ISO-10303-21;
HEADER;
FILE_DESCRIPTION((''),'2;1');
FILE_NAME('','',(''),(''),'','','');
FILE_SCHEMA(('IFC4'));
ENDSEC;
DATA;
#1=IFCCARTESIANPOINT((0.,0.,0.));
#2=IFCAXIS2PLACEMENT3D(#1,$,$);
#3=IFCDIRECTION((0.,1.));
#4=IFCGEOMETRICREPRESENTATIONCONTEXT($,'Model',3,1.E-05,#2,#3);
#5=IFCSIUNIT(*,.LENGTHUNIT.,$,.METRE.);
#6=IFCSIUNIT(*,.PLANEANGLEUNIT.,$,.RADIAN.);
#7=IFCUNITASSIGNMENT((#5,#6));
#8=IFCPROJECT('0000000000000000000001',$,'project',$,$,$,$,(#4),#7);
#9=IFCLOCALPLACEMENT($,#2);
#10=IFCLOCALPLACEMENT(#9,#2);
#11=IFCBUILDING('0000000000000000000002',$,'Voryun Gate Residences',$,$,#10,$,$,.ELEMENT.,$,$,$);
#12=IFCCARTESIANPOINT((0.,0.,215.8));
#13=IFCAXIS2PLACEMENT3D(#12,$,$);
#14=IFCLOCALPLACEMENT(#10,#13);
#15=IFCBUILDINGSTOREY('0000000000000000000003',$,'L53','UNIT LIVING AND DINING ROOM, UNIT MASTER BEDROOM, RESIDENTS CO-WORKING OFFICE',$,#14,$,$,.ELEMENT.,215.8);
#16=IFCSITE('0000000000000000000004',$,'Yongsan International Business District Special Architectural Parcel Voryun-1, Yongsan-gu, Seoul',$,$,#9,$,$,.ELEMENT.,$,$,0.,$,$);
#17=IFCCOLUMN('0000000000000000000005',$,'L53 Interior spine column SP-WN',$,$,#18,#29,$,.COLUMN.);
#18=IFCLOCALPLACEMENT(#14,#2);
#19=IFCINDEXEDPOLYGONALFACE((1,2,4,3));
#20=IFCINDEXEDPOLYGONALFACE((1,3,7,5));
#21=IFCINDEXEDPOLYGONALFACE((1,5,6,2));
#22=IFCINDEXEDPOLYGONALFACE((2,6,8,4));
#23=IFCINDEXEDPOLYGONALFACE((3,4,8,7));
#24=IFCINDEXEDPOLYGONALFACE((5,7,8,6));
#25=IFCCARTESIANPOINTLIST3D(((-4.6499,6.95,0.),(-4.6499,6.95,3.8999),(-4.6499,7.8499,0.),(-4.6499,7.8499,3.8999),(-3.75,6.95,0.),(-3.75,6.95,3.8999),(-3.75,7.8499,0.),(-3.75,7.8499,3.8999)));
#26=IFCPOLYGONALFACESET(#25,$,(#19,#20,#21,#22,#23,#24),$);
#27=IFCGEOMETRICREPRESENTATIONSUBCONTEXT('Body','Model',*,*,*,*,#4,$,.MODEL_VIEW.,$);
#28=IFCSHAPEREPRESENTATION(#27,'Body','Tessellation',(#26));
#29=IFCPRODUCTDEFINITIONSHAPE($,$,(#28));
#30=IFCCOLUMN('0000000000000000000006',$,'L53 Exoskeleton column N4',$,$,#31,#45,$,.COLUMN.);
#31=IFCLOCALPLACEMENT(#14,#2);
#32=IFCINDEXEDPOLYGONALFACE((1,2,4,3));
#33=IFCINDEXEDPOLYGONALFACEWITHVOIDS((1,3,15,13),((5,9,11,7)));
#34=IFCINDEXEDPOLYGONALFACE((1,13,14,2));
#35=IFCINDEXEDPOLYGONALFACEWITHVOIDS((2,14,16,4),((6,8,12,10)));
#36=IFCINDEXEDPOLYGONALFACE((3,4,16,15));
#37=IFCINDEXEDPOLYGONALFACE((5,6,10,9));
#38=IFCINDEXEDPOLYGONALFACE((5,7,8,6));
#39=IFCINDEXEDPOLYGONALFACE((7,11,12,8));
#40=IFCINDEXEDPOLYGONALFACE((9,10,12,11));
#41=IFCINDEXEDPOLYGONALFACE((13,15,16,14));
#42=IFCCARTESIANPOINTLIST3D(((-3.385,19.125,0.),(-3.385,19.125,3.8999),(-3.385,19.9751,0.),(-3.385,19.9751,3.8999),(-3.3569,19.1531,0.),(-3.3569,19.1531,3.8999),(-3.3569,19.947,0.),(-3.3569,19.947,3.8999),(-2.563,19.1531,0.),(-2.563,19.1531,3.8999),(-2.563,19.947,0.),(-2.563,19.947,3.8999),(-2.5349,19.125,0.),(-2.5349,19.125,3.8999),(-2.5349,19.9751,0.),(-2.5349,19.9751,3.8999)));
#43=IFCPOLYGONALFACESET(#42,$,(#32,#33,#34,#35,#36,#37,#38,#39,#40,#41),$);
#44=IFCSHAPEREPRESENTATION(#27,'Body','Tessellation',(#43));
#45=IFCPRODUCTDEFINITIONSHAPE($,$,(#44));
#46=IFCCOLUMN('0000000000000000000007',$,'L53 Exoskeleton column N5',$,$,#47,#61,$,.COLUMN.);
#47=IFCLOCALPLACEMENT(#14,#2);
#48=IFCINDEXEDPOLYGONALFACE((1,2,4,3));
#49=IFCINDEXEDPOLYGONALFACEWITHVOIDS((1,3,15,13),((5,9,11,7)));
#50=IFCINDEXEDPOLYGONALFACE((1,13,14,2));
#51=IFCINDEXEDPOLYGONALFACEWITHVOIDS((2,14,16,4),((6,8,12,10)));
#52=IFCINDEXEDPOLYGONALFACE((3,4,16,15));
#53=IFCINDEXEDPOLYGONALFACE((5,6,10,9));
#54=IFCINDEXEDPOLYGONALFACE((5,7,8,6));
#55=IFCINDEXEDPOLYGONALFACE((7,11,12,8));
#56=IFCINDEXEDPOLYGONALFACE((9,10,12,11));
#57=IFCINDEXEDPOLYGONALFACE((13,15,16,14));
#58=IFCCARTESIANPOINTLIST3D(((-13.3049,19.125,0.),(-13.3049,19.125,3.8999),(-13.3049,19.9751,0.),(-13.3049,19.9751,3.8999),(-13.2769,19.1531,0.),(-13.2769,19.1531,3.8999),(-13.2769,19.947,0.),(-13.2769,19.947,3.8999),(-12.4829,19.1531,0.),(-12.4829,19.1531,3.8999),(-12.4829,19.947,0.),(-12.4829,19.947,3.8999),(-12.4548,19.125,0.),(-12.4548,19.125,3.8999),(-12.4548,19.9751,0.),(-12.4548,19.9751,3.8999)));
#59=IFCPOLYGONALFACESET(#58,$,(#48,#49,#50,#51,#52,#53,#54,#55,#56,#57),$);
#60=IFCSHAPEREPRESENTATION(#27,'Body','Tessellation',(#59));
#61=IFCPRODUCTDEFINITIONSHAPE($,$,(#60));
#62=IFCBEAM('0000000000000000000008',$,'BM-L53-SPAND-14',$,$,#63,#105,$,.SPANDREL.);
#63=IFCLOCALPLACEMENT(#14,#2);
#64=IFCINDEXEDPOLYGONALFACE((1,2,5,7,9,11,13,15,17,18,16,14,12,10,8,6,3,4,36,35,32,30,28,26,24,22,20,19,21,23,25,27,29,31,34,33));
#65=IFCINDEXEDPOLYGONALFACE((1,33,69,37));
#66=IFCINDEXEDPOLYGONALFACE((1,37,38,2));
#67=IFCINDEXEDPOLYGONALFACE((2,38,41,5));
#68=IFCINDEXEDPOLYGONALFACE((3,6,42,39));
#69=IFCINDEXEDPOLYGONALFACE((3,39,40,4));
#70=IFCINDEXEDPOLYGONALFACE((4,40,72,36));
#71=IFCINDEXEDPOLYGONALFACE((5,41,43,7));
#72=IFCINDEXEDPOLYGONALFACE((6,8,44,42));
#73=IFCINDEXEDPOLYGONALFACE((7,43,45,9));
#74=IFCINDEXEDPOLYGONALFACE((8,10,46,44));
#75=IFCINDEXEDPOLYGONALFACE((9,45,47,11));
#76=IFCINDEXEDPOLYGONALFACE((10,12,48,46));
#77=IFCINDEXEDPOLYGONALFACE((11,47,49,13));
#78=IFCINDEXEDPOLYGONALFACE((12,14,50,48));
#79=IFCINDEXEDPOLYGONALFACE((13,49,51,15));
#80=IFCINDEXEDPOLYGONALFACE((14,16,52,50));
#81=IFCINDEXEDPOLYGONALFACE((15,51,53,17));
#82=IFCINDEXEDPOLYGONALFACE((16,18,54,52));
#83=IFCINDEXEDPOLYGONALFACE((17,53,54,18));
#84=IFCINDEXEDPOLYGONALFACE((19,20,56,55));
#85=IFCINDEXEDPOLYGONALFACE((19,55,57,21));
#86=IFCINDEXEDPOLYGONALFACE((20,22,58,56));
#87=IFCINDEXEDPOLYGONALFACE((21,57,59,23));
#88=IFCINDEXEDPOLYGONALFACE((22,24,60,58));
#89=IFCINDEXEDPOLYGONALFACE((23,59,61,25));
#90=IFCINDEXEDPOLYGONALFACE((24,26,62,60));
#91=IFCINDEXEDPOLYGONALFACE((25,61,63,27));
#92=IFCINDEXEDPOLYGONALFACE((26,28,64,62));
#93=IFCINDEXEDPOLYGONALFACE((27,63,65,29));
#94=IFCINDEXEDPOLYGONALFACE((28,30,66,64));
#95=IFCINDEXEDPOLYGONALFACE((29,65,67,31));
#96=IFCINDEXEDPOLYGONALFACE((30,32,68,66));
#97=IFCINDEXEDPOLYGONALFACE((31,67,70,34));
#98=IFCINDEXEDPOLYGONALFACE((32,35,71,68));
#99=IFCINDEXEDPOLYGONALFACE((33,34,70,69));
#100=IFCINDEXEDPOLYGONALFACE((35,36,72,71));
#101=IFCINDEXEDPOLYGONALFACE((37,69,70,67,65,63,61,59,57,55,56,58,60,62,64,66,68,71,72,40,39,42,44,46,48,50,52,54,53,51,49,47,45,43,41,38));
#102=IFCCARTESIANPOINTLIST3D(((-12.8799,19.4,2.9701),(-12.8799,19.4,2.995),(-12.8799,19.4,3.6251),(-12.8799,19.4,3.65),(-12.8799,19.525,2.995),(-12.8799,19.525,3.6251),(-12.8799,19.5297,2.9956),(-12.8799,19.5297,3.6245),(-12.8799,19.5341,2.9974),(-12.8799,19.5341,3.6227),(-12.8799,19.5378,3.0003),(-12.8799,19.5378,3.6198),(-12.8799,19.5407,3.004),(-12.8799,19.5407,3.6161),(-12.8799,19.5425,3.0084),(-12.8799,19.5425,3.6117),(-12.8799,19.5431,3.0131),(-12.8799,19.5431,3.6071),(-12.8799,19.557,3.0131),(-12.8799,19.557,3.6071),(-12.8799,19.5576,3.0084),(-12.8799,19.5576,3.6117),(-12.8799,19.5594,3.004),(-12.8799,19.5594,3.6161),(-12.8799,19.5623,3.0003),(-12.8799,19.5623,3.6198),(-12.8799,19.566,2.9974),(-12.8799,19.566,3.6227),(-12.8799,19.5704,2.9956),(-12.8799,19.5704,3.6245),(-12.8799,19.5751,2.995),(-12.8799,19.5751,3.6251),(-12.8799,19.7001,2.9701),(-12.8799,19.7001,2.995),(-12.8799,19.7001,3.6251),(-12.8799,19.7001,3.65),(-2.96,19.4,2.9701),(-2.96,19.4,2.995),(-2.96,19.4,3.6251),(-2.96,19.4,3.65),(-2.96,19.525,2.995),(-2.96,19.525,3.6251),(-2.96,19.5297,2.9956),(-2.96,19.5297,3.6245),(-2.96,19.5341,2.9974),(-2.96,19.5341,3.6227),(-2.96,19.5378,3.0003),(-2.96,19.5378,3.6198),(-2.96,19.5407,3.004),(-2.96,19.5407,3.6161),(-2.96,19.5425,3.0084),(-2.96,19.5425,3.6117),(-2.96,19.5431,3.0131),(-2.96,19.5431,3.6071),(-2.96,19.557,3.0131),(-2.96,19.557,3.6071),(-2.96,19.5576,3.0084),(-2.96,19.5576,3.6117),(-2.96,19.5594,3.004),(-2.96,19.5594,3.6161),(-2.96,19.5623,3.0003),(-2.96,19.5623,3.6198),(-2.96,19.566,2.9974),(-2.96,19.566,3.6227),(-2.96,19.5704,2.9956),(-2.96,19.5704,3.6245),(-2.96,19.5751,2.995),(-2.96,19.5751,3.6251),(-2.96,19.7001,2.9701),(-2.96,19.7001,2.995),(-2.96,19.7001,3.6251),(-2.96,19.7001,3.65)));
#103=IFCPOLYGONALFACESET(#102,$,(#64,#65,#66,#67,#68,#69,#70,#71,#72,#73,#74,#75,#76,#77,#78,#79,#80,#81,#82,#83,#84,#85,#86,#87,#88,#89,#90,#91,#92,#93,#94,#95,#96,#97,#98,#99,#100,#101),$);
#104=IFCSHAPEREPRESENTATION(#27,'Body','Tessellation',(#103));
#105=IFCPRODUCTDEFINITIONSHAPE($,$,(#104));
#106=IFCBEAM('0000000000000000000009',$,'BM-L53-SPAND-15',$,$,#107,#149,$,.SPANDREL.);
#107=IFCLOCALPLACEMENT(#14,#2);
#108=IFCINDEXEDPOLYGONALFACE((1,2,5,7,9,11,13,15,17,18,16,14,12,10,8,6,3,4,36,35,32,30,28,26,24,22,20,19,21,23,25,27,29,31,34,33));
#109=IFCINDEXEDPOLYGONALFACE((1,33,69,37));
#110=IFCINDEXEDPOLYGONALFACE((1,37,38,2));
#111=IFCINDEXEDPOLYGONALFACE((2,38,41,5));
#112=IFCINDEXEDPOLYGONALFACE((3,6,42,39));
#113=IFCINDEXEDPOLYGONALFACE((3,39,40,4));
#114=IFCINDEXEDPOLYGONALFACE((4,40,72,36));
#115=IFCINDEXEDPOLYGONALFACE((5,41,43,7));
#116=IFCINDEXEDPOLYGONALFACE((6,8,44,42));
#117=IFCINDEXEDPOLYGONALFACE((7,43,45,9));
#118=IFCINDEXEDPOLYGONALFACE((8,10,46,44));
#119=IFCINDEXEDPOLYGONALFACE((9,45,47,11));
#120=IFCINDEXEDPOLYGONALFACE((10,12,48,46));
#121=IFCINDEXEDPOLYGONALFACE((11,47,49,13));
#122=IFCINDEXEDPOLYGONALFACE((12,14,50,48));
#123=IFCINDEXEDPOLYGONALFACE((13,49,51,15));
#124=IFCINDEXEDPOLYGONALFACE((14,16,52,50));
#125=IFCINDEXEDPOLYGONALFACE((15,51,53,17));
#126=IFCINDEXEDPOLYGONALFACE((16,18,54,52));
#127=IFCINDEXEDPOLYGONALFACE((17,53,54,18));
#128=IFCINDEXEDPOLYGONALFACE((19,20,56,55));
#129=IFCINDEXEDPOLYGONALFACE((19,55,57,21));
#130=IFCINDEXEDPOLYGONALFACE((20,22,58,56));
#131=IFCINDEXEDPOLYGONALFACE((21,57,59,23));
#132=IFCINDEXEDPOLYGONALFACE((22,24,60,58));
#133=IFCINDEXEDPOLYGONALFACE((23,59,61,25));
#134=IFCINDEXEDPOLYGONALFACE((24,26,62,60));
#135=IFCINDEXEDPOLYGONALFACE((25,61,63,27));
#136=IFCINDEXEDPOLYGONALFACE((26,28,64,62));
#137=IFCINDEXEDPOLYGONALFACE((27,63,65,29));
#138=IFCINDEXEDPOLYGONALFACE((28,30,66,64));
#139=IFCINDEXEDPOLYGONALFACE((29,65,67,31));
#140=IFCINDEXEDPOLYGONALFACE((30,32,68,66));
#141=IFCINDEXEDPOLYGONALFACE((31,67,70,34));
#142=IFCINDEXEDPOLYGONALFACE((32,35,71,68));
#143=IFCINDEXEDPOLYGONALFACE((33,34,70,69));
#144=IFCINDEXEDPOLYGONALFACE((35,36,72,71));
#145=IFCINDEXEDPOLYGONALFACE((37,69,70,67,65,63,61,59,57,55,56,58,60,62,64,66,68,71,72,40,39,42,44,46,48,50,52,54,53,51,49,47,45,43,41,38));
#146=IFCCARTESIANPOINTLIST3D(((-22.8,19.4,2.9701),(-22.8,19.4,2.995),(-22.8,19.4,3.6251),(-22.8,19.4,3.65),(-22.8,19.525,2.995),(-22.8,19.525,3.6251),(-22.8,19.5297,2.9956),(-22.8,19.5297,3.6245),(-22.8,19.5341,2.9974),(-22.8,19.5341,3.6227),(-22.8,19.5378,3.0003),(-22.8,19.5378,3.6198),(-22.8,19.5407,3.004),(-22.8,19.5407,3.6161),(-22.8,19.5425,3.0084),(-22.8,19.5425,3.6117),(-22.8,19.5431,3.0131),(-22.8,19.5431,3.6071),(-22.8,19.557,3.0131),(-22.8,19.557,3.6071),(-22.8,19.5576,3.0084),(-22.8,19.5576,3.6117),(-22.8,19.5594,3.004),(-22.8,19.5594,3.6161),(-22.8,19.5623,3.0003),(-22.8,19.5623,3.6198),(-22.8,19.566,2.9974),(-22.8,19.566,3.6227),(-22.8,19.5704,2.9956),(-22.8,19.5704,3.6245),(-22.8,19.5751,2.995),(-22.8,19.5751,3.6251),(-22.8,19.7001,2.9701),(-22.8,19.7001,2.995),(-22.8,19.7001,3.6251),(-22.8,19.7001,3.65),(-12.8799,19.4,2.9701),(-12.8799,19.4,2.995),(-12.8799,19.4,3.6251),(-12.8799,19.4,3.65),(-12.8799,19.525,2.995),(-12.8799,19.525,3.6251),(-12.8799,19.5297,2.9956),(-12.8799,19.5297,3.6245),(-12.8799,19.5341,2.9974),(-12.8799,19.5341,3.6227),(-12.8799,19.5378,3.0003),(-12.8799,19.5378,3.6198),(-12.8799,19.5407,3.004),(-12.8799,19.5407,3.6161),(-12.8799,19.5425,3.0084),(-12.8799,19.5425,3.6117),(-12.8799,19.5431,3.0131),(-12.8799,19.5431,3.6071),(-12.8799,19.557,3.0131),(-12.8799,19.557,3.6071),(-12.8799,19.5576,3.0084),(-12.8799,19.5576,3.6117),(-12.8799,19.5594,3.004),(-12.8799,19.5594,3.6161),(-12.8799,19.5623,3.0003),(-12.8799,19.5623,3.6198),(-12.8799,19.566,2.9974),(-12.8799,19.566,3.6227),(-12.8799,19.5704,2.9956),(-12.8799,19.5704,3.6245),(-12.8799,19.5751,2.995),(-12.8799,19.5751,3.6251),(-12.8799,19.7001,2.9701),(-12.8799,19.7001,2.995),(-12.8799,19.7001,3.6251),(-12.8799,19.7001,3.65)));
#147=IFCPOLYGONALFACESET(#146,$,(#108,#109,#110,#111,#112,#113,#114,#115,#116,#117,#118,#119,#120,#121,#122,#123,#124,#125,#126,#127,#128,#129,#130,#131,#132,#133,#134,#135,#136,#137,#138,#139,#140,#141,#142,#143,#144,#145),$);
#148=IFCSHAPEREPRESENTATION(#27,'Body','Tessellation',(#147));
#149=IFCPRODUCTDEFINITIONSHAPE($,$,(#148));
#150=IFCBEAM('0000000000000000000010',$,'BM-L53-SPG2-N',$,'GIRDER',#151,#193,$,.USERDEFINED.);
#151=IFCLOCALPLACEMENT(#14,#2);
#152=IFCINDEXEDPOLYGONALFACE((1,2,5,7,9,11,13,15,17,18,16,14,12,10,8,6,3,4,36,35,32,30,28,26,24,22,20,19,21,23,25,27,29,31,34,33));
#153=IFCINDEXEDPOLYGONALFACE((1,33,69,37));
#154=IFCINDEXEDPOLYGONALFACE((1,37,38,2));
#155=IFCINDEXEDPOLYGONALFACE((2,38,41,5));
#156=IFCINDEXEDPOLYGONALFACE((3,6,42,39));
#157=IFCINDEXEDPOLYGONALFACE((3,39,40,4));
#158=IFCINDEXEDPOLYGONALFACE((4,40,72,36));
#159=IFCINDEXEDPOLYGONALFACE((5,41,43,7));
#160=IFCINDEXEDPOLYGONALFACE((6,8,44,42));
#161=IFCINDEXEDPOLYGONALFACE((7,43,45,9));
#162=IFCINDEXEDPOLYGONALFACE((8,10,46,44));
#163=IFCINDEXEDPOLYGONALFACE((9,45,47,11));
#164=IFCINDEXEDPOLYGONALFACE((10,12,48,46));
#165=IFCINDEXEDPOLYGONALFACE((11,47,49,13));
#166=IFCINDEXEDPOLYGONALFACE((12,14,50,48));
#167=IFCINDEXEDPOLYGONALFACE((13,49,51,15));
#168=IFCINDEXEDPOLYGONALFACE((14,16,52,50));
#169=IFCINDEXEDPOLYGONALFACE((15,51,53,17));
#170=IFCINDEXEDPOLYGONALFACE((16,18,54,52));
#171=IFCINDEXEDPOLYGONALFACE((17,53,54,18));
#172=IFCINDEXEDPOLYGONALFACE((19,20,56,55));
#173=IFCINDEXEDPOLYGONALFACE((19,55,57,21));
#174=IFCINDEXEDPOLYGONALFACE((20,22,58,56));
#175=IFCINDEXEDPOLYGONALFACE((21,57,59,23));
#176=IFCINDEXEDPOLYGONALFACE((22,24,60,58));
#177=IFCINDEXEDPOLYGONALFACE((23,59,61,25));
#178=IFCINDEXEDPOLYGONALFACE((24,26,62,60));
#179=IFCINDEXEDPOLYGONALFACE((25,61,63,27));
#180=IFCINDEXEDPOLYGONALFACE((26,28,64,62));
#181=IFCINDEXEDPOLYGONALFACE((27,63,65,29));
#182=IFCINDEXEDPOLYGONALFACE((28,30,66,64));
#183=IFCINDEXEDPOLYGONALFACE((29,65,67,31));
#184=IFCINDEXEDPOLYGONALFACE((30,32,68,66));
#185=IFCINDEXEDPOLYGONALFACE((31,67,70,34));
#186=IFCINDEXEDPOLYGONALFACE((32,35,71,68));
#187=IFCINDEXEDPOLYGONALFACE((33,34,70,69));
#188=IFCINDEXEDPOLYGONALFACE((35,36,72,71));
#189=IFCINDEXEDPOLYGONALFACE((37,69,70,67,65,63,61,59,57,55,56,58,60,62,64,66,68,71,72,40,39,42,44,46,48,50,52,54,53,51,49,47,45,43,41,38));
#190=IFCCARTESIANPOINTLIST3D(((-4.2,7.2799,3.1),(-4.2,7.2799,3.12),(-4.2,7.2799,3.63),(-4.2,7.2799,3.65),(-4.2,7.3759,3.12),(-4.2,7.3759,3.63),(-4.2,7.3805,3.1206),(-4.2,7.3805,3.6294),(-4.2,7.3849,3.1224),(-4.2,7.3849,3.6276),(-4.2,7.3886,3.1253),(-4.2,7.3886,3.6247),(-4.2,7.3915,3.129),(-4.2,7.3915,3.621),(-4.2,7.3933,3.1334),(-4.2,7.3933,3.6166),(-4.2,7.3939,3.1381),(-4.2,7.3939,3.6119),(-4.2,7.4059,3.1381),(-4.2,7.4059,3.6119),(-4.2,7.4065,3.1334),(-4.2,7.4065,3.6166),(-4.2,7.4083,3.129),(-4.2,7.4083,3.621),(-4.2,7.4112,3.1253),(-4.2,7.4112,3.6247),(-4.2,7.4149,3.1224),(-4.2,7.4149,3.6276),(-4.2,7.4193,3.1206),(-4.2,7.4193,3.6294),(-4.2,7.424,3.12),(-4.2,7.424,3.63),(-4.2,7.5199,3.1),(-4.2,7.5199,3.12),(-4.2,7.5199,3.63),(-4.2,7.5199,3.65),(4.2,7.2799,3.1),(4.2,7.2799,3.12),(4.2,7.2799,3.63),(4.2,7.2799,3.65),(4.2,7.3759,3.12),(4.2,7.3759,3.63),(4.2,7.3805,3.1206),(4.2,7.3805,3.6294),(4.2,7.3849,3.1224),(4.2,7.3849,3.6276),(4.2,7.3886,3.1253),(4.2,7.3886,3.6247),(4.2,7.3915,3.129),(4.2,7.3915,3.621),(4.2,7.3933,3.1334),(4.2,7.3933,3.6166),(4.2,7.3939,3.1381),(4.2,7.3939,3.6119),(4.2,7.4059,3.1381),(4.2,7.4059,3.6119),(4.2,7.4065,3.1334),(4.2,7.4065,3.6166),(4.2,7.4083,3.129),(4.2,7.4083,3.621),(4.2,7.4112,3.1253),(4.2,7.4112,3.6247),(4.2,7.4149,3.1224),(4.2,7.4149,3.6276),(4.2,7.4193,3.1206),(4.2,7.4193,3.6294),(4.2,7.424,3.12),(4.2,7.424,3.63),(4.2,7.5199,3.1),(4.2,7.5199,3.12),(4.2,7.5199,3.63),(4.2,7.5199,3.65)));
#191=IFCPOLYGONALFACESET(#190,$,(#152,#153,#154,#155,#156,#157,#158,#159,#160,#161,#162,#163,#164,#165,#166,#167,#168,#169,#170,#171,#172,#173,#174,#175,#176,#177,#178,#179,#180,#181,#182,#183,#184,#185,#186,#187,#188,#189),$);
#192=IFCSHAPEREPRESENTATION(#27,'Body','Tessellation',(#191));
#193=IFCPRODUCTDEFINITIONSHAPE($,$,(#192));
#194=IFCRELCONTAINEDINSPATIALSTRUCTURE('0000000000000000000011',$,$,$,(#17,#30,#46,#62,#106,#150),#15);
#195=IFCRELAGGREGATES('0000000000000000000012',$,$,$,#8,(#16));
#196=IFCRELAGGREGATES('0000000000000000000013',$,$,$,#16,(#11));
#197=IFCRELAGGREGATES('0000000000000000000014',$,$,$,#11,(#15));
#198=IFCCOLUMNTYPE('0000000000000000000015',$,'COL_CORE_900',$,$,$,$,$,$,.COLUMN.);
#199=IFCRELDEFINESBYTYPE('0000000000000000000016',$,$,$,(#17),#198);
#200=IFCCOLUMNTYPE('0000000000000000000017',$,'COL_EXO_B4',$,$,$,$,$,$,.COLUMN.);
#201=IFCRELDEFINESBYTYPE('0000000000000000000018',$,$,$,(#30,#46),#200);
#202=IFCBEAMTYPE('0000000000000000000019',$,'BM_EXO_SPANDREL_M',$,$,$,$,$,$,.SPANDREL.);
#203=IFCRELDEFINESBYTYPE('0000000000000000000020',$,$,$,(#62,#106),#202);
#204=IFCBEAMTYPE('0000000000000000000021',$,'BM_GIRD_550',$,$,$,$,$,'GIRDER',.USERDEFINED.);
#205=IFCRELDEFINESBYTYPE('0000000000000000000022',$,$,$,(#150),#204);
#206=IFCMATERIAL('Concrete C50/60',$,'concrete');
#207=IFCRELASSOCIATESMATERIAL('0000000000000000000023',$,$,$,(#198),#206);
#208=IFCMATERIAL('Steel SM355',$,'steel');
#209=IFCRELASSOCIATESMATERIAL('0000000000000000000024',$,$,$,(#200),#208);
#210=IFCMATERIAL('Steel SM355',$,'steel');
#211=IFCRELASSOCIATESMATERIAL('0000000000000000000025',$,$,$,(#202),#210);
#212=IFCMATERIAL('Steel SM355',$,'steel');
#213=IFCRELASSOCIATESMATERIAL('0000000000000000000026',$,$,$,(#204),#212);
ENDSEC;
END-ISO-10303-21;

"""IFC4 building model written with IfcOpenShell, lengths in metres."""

from ifc_helpers import new_model, si_unit, direction, frame, origin, origin_2d, place, context, subcontext, project, spatial, rectangle, hollow_rectangle, i_section, extrude, material, material_profile, profile_set, type_object, element, save


model = new_model("IFC4")

# Units and contexts
model_context = context("Model", 3, precision=1e-05, world=origin(), true_north=direction((0.0, 1.0)))
body_context = subcontext(model_context, "Body", "Model", "MODEL_VIEW")
ifc_project = project(units=[si_unit("LENGTHUNIT", "METRE"), si_unit("PLANEANGLEUNIT", "RADIAN")], contexts=[model_context])

# Site, building, storey
site_placement = place(None, origin())
site = spatial("IfcSite", under=ifc_project, at=site_placement, Name="Yongsan International Business District Special Architectural Parcel Voryun-1, Yongsan-gu, Seoul", CompositionType="ELEMENT", RefElevation=0.0)
building_placement = place(site_placement, origin())
building = spatial("IfcBuilding", under=site, at=building_placement, Name="Voryun Gate Residences", CompositionType="ELEMENT")
storey_placement = place(building_placement, frame((0.0, 0.0, 215.8)))
storey = spatial("IfcBuildingStorey", under=building, at=storey_placement, Name="L53", Description="UNIT LIVING AND DINING ROOM, UNIT MASTER BEDROOM, RESIDENTS CO-WORKING OFFICE", CompositionType="ELEMENT", Elevation=215.8)

# Columns
ifc_material_1 = material(Name="Concrete C50/60", Category="concrete")
ifc_material_profile_1 = material_profile(ifc_material_1, rectangle(XDim=0.8999, YDim=0.8999, at=origin_2d()), Name="RC-900x900")
ifc_profile_set_1 = profile_set([ifc_material_profile_1], Name="Concrete C50/60")
column_type_1 = type_object("IfcColumnType", Name="COL_CORE_900", PredefinedType="COLUMN", material=ifc_profile_set_1)
column_placement = place(storey_placement, frame((-4.2, 7.3999, 0.0), z_axis=(0.0, 0.0, 1.0), x_axis=(1.0, 0.0, 0.0)))
element("IfcColumn", 1, at=column_placement, inside=storey, type_object=column_type_1, Name="L53 Interior spine column SP-WN", PredefinedType="COLUMN", context=body_context, shape_type="SweptSolid", body=[
    extrude(rectangle(XDim=0.8999, YDim=0.8999, at=origin_2d()), origin(), (0.0, 0.0, 1.0), 3.8999),
])
ifc_material_2 = material(Name="Steel SM355", Category="steel")
ifc_material_profile_2 = material_profile(ifc_material_2, hollow_rectangle(XDim=0.8501, YDim=0.8501, WallThickness=0.0281, at=origin_2d()), Name="BOX-850x850x28")
ifc_profile_set_2 = profile_set([ifc_material_profile_2], Name="Steel SM355")
column_type_2 = type_object("IfcColumnType", Name="COL_EXO_B4", PredefinedType="COLUMN", material=ifc_profile_set_2)
for number, where, z_axis, x_axis, name in (
    (2, (-2.96, 19.55, 0.0), (0.0, 0.0, 1.0), (1.0, 0.0, 0.0), "L53 Exoskeleton column N4"),
    (3, (-12.8799, 19.55, 0.0), (0.0, 0.0, 1.0), (1.0, 0.0, 0.0), "L53 Exoskeleton column N5"),
):
    element("IfcColumn", number, at=place(storey_placement, frame(where, z_axis=z_axis, x_axis=x_axis)), inside=storey, type_object=column_type_2, Name=name, PredefinedType="COLUMN", context=body_context, shape_type="SweptSolid", body=[
        extrude(hollow_rectangle(XDim=0.8501, YDim=0.8501, WallThickness=0.0281, at=origin_2d()), origin(), (0.0, 0.0, 1.0), 3.8999),
    ])

# Beams
ifc_material_3 = material(Name="Steel SM355", Category="steel")
ifc_material_profile_3 = material_profile(ifc_material_3, i_section(OverallWidth=0.3, OverallDepth=0.6799, WebThickness=0.0139, FlangeThickness=0.0249, FilletRadius=0.0181, at=origin_2d()), Name="H-680x300x14x25")
ifc_profile_set_3 = profile_set([ifc_material_profile_3], Name="Steel SM355")
beam_type_1 = type_object("IfcBeamType", Name="BM_EXO_SPANDREL_M", PredefinedType="SPANDREL", material=ifc_profile_set_3)
beam_1_placement = place(storey_placement, frame((-2.96, 19.55, 3.3101), z_axis=(-1.0, 0.0, 0.0), x_axis=(0.0, -1.0, 0.0)))
element("IfcBeam", 4, at=beam_1_placement, inside=storey, type_object=beam_type_1, Name="BM-L53-SPAND-14", PredefinedType="SPANDREL", context=body_context, shape_type="SweptSolid", body=[
    extrude(i_section(OverallWidth=0.3, OverallDepth=0.6799, WebThickness=0.0139, FlangeThickness=0.0249, FilletRadius=0.0181, at=origin_2d()), origin(), (0.0, 0.0, 1.0), 9.9199),
])
beam_2_placement = place(storey_placement, frame((-12.8799, 19.55, 3.3101), z_axis=(-1.0, 0.0, 0.0), x_axis=(0.0, -1.0, 0.0)))
element("IfcBeam", 5, at=beam_2_placement, inside=storey, type_object=beam_type_1, Name="BM-L53-SPAND-15", PredefinedType="SPANDREL", context=body_context, shape_type="SweptSolid", body=[
    extrude(i_section(OverallWidth=0.3, OverallDepth=0.6799, WebThickness=0.0139, FlangeThickness=0.0249, FilletRadius=0.0181, at=origin_2d()), origin(), (0.0, 0.0, 1.0), 9.9202),
])
ifc_material_4 = material(Name="Steel SM355", Category="steel")
ifc_material_profile_4 = material_profile(ifc_material_4, i_section(OverallWidth=0.24, OverallDepth=0.55, WebThickness=0.012, FlangeThickness=0.02, FilletRadius=0.0181, at=origin_2d()), Name="H-550x240x12x20")
ifc_profile_set_4 = profile_set([ifc_material_profile_4], Name="Steel SM355")
beam_type_2 = type_object("IfcBeamType", Name="BM_GIRD_550", ElementType="GIRDER", PredefinedType="USERDEFINED", material=ifc_profile_set_4)
beam_3_placement = place(storey_placement, frame((-4.2, 7.3999, 3.375), z_axis=(1.0, 0.0, 0.0), x_axis=(0.0, 1.0, 0.0)))
element("IfcBeam", 6, at=beam_3_placement, inside=storey, type_object=beam_type_2, Name="BM-L53-SPG2-N", ObjectType="GIRDER", PredefinedType="USERDEFINED", context=body_context, shape_type="SweptSolid", body=[
    extrude(i_section(OverallWidth=0.24, OverallDepth=0.55, WebThickness=0.012, FlangeThickness=0.02, FilletRadius=0.0181, at=origin_2d()), origin(), (0.0, 0.0, 1.0), 8.3999),
])

save(model, "model.ifc")
